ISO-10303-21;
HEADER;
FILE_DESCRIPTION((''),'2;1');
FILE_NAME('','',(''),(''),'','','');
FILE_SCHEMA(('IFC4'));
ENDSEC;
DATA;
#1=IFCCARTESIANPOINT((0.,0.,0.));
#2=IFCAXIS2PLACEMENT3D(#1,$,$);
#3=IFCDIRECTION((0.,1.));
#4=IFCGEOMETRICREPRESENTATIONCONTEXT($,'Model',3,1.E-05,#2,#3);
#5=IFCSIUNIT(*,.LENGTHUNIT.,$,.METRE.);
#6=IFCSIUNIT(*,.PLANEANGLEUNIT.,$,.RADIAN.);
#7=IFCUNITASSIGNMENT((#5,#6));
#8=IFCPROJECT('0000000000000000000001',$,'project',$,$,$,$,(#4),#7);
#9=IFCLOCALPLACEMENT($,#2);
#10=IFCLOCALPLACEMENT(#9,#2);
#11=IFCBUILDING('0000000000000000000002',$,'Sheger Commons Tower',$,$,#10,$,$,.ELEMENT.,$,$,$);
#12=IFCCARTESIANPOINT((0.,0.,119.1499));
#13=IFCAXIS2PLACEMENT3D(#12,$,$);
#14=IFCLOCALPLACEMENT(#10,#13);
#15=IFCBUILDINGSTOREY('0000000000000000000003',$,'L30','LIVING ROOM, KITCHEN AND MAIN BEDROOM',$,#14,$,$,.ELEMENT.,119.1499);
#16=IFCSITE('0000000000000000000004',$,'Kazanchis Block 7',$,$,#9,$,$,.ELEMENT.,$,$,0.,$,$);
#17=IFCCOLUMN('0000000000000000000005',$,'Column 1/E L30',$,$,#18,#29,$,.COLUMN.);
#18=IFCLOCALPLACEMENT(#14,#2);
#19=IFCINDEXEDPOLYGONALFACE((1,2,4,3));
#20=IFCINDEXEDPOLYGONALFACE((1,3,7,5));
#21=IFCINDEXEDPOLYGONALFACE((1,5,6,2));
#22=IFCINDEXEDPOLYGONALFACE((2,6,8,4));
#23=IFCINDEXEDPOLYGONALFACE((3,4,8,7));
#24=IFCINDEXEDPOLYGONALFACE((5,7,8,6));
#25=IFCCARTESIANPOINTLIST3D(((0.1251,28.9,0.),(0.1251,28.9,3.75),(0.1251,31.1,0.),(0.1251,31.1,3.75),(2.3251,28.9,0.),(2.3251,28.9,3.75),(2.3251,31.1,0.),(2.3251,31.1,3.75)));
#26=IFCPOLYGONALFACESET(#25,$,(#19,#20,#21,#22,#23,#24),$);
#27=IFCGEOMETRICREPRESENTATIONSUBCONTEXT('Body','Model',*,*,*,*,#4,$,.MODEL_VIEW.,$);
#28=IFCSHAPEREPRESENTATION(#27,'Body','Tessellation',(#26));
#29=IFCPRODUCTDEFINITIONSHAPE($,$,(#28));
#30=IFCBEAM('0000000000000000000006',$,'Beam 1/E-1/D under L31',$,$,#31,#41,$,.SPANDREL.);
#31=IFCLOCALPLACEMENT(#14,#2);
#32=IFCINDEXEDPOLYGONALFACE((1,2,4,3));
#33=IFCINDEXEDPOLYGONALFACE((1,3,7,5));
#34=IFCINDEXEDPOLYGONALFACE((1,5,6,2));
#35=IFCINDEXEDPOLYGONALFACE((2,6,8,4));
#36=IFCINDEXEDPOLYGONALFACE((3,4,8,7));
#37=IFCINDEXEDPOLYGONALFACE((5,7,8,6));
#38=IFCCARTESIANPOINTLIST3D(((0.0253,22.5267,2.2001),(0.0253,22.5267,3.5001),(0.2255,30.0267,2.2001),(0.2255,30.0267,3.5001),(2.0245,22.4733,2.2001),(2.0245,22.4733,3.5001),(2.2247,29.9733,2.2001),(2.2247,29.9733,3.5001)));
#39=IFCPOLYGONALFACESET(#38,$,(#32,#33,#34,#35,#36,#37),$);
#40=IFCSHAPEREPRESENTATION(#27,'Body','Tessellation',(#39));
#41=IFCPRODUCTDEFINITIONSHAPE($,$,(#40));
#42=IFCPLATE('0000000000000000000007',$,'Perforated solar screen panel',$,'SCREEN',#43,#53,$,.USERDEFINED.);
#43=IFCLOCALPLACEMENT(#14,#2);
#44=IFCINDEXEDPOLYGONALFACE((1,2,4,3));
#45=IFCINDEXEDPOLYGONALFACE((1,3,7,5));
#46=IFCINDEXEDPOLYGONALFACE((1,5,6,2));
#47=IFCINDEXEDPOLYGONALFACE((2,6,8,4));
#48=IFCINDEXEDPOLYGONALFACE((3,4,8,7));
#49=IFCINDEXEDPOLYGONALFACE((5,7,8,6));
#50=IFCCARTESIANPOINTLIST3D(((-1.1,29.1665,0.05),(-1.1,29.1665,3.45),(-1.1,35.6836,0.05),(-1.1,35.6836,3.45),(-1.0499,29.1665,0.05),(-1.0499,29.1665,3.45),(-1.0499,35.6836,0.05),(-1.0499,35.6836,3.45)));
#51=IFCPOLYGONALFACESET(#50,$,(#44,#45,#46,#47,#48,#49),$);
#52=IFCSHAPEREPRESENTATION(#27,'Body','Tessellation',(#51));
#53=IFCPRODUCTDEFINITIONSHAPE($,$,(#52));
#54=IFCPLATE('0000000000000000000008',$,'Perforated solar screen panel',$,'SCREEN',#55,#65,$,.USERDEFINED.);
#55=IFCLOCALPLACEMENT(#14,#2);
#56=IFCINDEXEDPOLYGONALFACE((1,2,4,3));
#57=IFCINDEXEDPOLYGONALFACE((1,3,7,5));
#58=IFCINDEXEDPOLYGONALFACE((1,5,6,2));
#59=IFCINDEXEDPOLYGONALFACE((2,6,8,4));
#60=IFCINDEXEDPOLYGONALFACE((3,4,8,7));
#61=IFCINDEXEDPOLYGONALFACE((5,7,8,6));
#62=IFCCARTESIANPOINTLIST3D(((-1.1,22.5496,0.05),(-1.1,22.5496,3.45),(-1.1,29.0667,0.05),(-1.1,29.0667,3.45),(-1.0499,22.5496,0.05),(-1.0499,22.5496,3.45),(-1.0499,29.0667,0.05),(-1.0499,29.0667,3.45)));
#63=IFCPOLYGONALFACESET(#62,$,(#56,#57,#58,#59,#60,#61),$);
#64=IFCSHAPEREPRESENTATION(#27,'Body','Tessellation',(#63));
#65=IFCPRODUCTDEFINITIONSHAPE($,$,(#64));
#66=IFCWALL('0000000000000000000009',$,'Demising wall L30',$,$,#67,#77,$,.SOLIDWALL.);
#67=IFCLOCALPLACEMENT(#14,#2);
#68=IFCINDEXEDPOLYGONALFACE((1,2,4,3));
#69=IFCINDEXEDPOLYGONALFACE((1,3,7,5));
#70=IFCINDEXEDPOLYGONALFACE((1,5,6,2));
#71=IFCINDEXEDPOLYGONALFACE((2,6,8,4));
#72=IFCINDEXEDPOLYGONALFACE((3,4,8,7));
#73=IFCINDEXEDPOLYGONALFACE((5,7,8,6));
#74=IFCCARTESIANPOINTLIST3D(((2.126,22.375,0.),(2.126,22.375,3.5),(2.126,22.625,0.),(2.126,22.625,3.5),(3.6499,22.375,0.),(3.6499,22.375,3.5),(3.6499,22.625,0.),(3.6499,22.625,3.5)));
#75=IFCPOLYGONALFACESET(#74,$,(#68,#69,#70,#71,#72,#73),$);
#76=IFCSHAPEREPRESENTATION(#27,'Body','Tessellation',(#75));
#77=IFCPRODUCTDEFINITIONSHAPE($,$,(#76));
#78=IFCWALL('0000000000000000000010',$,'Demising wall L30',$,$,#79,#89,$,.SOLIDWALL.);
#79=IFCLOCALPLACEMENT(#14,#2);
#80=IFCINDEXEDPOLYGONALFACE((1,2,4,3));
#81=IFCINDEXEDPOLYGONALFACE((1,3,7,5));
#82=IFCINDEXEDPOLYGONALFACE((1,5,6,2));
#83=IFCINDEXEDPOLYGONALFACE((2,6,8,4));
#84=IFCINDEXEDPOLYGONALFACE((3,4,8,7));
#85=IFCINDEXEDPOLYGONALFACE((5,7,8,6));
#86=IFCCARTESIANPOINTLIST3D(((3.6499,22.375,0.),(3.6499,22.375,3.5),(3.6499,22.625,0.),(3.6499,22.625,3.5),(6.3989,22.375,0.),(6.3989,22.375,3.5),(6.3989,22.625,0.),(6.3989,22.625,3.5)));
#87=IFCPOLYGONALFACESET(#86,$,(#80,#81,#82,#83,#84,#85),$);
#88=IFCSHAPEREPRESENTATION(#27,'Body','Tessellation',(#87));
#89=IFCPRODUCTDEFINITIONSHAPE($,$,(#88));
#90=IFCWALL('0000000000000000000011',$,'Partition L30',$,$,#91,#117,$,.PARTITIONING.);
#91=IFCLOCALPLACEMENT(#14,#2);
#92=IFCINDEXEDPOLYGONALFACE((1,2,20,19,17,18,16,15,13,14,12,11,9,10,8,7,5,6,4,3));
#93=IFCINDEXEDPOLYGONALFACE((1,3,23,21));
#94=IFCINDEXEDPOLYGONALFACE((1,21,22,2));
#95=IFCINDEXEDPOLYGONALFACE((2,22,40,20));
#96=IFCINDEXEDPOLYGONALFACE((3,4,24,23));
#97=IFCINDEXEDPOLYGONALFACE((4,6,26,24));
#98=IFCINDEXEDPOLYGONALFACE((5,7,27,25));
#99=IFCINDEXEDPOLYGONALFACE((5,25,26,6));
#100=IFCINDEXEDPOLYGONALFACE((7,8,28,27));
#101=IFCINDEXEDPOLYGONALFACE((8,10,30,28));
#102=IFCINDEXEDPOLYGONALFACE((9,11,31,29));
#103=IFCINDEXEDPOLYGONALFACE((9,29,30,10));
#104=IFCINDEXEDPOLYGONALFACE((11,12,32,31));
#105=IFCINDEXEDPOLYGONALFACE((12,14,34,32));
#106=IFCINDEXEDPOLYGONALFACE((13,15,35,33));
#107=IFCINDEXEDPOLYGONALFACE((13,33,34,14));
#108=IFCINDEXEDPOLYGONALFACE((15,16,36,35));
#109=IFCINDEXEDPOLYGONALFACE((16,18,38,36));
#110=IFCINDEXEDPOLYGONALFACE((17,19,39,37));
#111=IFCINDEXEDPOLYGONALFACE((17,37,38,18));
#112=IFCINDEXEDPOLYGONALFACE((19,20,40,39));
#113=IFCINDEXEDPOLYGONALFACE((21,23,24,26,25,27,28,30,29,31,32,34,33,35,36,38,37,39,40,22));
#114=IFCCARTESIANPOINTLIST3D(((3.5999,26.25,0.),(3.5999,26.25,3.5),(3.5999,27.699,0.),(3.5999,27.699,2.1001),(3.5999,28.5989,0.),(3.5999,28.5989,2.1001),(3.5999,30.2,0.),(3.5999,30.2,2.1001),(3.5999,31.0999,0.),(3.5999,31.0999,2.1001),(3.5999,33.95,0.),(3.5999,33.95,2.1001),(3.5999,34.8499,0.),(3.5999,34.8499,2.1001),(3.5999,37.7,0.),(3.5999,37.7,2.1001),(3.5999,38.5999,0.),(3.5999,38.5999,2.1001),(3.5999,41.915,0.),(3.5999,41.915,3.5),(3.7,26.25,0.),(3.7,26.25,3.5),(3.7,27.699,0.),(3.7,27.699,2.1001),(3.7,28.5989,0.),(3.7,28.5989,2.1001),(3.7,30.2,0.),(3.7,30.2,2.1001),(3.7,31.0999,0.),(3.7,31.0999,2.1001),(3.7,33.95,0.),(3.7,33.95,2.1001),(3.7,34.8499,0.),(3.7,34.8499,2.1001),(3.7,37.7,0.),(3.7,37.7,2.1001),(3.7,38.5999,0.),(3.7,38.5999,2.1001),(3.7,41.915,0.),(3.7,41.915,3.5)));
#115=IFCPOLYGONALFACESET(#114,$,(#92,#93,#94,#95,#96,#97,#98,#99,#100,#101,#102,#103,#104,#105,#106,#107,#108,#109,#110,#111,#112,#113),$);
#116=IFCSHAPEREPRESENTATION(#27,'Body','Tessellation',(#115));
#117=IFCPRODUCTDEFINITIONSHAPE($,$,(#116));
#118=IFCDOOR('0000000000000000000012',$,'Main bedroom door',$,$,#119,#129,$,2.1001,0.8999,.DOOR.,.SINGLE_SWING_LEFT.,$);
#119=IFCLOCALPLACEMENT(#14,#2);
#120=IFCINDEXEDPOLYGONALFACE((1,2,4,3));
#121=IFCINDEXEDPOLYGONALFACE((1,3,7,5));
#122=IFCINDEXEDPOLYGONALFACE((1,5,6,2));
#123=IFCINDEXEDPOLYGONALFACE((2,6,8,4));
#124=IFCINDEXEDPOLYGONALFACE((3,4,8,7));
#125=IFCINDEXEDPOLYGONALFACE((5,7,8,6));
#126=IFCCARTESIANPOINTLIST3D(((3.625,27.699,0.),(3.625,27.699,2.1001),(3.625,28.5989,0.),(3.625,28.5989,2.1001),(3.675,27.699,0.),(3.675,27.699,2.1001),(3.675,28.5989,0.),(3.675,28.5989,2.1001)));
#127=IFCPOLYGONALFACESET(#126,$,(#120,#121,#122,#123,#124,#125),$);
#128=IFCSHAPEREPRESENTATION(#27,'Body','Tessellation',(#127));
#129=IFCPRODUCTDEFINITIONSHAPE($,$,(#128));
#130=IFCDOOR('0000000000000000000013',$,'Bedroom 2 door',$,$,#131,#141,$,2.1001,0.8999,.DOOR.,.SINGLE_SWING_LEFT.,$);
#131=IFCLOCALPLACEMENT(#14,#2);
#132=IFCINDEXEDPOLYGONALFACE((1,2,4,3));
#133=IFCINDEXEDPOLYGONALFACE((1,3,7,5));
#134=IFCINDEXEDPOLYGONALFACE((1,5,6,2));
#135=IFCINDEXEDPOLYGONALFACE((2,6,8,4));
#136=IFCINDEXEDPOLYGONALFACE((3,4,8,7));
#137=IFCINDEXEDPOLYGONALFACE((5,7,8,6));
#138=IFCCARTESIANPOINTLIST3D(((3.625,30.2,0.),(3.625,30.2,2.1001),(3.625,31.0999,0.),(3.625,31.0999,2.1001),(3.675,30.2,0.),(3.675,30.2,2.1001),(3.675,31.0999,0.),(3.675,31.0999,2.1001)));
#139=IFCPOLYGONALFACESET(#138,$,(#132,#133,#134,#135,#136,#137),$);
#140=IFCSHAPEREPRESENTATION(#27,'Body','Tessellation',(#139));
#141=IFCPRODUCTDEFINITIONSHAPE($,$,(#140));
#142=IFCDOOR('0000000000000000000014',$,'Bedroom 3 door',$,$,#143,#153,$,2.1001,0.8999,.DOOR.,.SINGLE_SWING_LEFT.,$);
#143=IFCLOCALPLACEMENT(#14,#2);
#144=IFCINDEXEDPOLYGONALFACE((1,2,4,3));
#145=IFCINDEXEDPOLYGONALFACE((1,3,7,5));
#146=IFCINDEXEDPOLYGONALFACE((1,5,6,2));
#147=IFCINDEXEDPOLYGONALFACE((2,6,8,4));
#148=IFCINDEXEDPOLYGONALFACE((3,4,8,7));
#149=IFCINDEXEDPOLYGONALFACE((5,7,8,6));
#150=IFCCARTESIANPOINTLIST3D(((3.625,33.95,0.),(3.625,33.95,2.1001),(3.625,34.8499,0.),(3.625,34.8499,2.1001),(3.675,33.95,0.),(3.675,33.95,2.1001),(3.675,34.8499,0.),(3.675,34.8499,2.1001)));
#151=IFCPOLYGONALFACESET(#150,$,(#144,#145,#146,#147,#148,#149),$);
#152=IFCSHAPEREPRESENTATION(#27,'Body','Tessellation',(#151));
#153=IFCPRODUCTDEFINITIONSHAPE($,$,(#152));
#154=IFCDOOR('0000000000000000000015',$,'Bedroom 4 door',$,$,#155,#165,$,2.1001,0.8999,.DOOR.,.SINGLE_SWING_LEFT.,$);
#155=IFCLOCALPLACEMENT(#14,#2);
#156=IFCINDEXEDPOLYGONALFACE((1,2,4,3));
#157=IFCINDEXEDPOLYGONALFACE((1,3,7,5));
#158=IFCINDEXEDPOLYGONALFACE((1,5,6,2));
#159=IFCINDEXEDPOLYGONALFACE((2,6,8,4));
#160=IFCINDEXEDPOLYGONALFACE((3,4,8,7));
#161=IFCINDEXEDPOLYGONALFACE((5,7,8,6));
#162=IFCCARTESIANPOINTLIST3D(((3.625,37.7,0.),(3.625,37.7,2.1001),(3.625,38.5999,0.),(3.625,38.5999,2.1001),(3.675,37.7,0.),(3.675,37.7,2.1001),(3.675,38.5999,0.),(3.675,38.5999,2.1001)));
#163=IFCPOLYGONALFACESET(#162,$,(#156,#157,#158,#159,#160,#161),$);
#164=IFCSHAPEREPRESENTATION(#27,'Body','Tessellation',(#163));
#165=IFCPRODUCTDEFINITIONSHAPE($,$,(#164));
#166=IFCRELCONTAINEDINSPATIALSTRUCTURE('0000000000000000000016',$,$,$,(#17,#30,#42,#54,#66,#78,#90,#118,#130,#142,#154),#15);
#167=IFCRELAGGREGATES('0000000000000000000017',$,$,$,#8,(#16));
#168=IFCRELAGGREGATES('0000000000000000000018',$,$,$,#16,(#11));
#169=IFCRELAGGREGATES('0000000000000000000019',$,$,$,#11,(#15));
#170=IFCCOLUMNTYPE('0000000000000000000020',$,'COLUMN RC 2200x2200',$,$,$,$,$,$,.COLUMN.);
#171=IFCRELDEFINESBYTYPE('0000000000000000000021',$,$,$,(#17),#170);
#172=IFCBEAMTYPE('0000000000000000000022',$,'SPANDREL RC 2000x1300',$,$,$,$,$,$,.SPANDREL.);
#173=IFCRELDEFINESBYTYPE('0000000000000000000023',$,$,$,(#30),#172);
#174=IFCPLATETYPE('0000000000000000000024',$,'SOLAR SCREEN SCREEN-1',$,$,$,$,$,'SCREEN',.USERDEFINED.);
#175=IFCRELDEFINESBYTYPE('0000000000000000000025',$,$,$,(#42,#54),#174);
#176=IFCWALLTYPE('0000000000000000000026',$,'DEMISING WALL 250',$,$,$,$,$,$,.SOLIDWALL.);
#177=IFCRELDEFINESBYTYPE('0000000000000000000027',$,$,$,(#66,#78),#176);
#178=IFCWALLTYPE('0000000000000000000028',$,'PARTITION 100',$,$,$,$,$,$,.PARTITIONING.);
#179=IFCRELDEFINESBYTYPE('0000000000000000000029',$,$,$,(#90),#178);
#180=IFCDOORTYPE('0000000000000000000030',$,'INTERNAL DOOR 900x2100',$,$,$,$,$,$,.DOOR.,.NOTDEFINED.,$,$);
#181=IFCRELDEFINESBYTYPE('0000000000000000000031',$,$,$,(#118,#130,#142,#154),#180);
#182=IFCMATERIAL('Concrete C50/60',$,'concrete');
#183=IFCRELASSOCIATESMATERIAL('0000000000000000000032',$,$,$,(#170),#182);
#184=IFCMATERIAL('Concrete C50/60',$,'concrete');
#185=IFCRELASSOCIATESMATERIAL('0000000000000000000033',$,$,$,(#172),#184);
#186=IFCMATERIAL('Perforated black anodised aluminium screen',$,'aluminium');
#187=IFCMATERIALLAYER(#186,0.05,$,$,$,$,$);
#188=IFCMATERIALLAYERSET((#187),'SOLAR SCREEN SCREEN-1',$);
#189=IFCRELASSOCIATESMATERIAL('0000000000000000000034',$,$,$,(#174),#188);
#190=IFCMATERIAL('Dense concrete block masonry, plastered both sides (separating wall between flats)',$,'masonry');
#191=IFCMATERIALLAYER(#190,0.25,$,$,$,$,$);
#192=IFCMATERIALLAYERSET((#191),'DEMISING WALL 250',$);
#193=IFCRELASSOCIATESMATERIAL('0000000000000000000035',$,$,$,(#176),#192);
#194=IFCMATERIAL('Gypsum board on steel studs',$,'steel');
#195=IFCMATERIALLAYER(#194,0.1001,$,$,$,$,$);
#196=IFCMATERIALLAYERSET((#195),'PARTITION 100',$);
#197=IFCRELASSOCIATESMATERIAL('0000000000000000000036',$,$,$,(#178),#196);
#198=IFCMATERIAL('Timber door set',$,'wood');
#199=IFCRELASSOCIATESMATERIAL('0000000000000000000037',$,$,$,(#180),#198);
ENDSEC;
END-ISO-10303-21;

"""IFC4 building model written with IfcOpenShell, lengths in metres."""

from ifc_helpers import new_model, si_unit, direction, frame, frame_2d, origin, origin_2d, place, context, subcontext, project, spatial, rectangle, extrude, material, layer, layer_set, material_profile, profile_set, type_object, element, fill, save


model = new_model("IFC4")

# Units and contexts
model_context = context("Model", 3, precision=1e-05, world=origin(), true_north=direction((0.0, 1.0)))
body_context = subcontext(model_context, "Body", "Model", "MODEL_VIEW")
ifc_project = project(units=[si_unit("LENGTHUNIT", "METRE"), si_unit("PLANEANGLEUNIT", "RADIAN")], contexts=[model_context])

# Site, building, storey
site_placement = place(None, origin())
site = spatial("IfcSite", under=ifc_project, at=site_placement, Name="Kazanchis Block 7", CompositionType="ELEMENT", RefElevation=0.0)
building_placement = place(site_placement, origin())
building = spatial("IfcBuilding", under=site, at=building_placement, Name="Sheger Commons Tower", CompositionType="ELEMENT")
storey_placement = place(building_placement, frame((0.0, 0.0, 119.1499)))
storey = spatial("IfcBuildingStorey", under=building, at=storey_placement, Name="L30", Description="LIVING ROOM, KITCHEN AND MAIN BEDROOM", CompositionType="ELEMENT", Elevation=119.1499)

# Column
ifc_material_1 = material(Name="Concrete C50/60", Category="concrete")
ifc_material_profile_1 = material_profile(ifc_material_1, rectangle(XDim=2.2, YDim=2.2, at=origin_2d()), Name="RC 2200x2200")
ifc_profile_set_1 = profile_set([ifc_material_profile_1], Name="Concrete C50/60")
column_type = type_object("IfcColumnType", Name="COLUMN RC 2200x2200", PredefinedType="COLUMN", material=ifc_profile_set_1)
column_placement = place(storey_placement, frame((1.2251, 30.0, 0.0), z_axis=(0.0, 0.0, 1.0), x_axis=(1.0, 0.0, 0.0)))
element("IfcColumn", 1, at=column_placement, inside=storey, type_object=column_type, Name="Column 1/E L30", PredefinedType="COLUMN", context=body_context, shape_type="SweptSolid", body=[
    extrude(rectangle(XDim=2.2, YDim=2.2, at=origin_2d()), origin(), (0.0, 0.0, 1.0), 3.75),
])

# Beam
ifc_material_2 = material(Name="Concrete C50/60", Category="concrete")
ifc_material_profile_2 = material_profile(ifc_material_2, rectangle(XDim=2.0, YDim=1.3, at=origin_2d()), Name="RC 2000x1300")
ifc_profile_set_2 = profile_set([ifc_material_profile_2], Name="Concrete C50/60")
beam_type = type_object("IfcBeamType", Name="SPANDREL RC 2000x1300", PredefinedType="SPANDREL", material=ifc_profile_set_2)
beam_placement = place(storey_placement, frame((1.2251, 30.0, 2.8501), z_axis=(-0.026683, -0.999644, 0.0), x_axis=(0.999644, -0.026683, 0.0)))
element("IfcBeam", 2, at=beam_placement, inside=storey, type_object=beam_type, Name="Beam 1/E-1/D under L31", PredefinedType="SPANDREL", context=body_context, shape_type="SweptSolid", body=[
    extrude(rectangle(XDim=2.0, YDim=1.3, at=origin_2d()), origin(), (0.0, 0.0, 1.0), 7.5027),
])

# Plates
ifc_material_3 = material(Name="Perforated black anodised aluminium screen", Category="aluminium")
ifc_layer_1 = layer(ifc_material_3, 0.05)
ifc_layer_set_1 = layer_set([ifc_layer_1], Name="SOLAR SCREEN SCREEN-1")
plate_type = type_object("IfcPlateType", Name="SOLAR SCREEN SCREEN-1", ElementType="SCREEN", PredefinedType="USERDEFINED", material=ifc_layer_set_1)
for number, where, z_axis, x_axis, name in (
    (3, (-1.075, 32.425, 0.05), (0.0, 0.0, 1.0), (0.0, -1.0, 0.0), "Perforated solar screen panel"),
    (4, (-1.075, 25.8081, 0.05), (0.0, 0.0, 1.0), (0.0, -1.0, 0.0), "Perforated solar screen panel"),
):
    element("IfcPlate", number, at=place(storey_placement, frame(where, z_axis=z_axis, x_axis=x_axis)), inside=storey, type_object=plate_type, Name=name, ObjectType="SCREEN", PredefinedType="USERDEFINED", context=body_context, shape_type="SweptSolid", body=[
        extrude(rectangle(XDim=6.5171, YDim=0.05, at=origin_2d()), origin(), (0.0, 0.0, 1.0), 3.3999),
    ])

# Walls
ifc_material_4 = material(Name="Dense concrete block masonry, plastered both sides (separating wall between flats)", Category="masonry")
ifc_layer_2 = layer(ifc_material_4, 0.25)
ifc_layer_set_2 = layer_set([ifc_layer_2], Name="DEMISING WALL 250")
wall_type_1 = type_object("IfcWallType", Name="DEMISING WALL 250", PredefinedType="SOLIDWALL", material=ifc_layer_set_2)
wall_1_placement = place(storey_placement, frame((2.126, 22.5, 0.0), z_axis=(0.0, 0.0, 1.0), x_axis=(1.0, 0.0, 0.0)))
element("IfcWall", 5, at=wall_1_placement, inside=storey, type_object=wall_type_1, Name="Demising wall L30", PredefinedType="SOLIDWALL", context=body_context, shape_type="SweptSolid", body=[
    extrude(rectangle(XDim=1.5239, YDim=0.25, at=frame_2d((0.762, 0.0))), origin(), (0.0, 0.0, 1.0), 3.5),
])
wall_2_placement = place(storey_placement, frame((3.6499, 22.5, 0.0), z_axis=(0.0, 0.0, 1.0), x_axis=(1.0, 0.0, 0.0)))
element("IfcWall", 6, at=wall_2_placement, inside=storey, type_object=wall_type_1, Name="Demising wall L30", PredefinedType="SOLIDWALL", context=body_context, shape_type="SweptSolid", body=[
    extrude(rectangle(XDim=2.749, YDim=0.25, at=frame_2d((1.3745, 0.0))), origin(), (0.0, 0.0, 1.0), 3.5),
])

# Wall, openings, doors
ifc_material_5 = material(Name="Gypsum board on steel studs", Category="steel")
ifc_layer_3 = layer(ifc_material_5, 0.1001)
ifc_layer_set_3 = layer_set([ifc_layer_3], Name="PARTITION 100")
wall_type_2 = type_object("IfcWallType", Name="PARTITION 100", PredefinedType="PARTITIONING", material=ifc_layer_set_3)
wall_3_placement = place(storey_placement, frame((3.6499, 26.25, 0.0), z_axis=(0.0, 0.0, 1.0), x_axis=(0.0, 1.0, 0.0)))
wall_3 = element("IfcWall", 7, at=wall_3_placement, inside=storey, type_object=wall_type_2, Name="Partition L30", PredefinedType="PARTITIONING", context=body_context, shape_type="SweptSolid", body=[
    extrude(rectangle(XDim=15.665, YDim=0.1001, at=frame_2d((7.8325, 0.0))), origin(), (0.0, 0.0, 1.0), 3.5),
])
opening_1_placement = place(wall_3_placement, frame((1.449, 0.0, 0.0)))
opening_1 = element("IfcOpeningElement", 8, at=opening_1_placement, cuts=wall_3, PredefinedType="OPENING", context=body_context, shape_type="SweptSolid", body=[
    extrude(rectangle(XDim=0.8999, YDim=2.1001, at=frame_2d((0.45, 1.05))), frame((0.0, 0.0601, 0.0), z_axis=(0.0, -1.0, 0.0), x_axis=(1.0, 0.0, 0.0)), (0.0, 0.0, 1.0), 0.1201),
])
opening_2_placement = place(wall_3_placement, frame((3.95, 0.0, 0.0)))
opening_2 = element("IfcOpeningElement", 9, at=opening_2_placement, cuts=wall_3, PredefinedType="OPENING", context=body_context, shape_type="SweptSolid", body=[
    extrude(rectangle(XDim=0.8999, YDim=2.1001, at=frame_2d((0.45, 1.05))), frame((0.0, 0.0601, 0.0), z_axis=(0.0, -1.0, 0.0), x_axis=(1.0, 0.0, 0.0)), (0.0, 0.0, 1.0), 0.1201),
])
opening_3_placement = place(wall_3_placement, frame((7.7, 0.0, 0.0)))
opening_3 = element("IfcOpeningElement", 10, at=opening_3_placement, cuts=wall_3, PredefinedType="OPENING", context=body_context, shape_type="SweptSolid", body=[
    extrude(rectangle(XDim=0.8999, YDim=2.1001, at=frame_2d((0.45, 1.05))), frame((0.0, 0.0601, 0.0), z_axis=(0.0, -1.0, 0.0), x_axis=(1.0, 0.0, 0.0)), (0.0, 0.0, 1.0), 0.1201),
])
opening_4_placement = place(wall_3_placement, frame((11.45, 0.0, 0.0)))
opening_4 = element("IfcOpeningElement", 11, at=opening_4_placement, cuts=wall_3, PredefinedType="OPENING", context=body_context, shape_type="SweptSolid", body=[
    extrude(rectangle(XDim=0.8999, YDim=2.1001, at=frame_2d((0.45, 1.05))), frame((0.0, 0.0601, 0.0), z_axis=(0.0, -1.0, 0.0), x_axis=(1.0, 0.0, 0.0)), (0.0, 0.0, 1.0), 0.1201),
])
ifc_material_6 = material(Name="Timber door set", Category="wood")
door_type = type_object("IfcDoorType", Name="INTERNAL DOOR 900x2100", OperationType="NOTDEFINED", PredefinedType="DOOR", material=ifc_material_6)
door_1_placement = place(opening_1_placement, origin())
door_1 = element("IfcDoor", 12, at=door_1_placement, inside=storey, type_object=door_type, Name="Main bedroom door", OperationType="SINGLE_SWING_LEFT", OverallHeight=2.1001, OverallWidth=0.8999, PredefinedType="DOOR", context=body_context, shape_type="SweptSolid", body=[
    extrude(rectangle(XDim=0.8999, YDim=2.1001, at=frame_2d((0.45, 1.05))), frame((0.0, 0.0249, 0.0), z_axis=(0.0, -1.0, 0.0), x_axis=(1.0, 0.0, 0.0)), (0.0, 0.0, 1.0), 0.05),
])
fill(opening_1, door_1)
door_2_placement = place(opening_2_placement, origin())
door_2 = element("IfcDoor", 13, at=door_2_placement, inside=storey, type_object=door_type, Name="Bedroom 2 door", OperationType="SINGLE_SWING_LEFT", OverallHeight=2.1001, OverallWidth=0.8999, PredefinedType="DOOR", context=body_context, shape_type="SweptSolid", body=[
    extrude(rectangle(XDim=0.8999, YDim=2.1001, at=frame_2d((0.45, 1.05))), frame((0.0, 0.0249, 0.0), z_axis=(0.0, -1.0, 0.0), x_axis=(1.0, 0.0, 0.0)), (0.0, 0.0, 1.0), 0.05),
])
fill(opening_2, door_2)
door_3_placement = place(opening_3_placement, origin())
door_3 = element("IfcDoor", 14, at=door_3_placement, inside=storey, type_object=door_type, Name="Bedroom 3 door", OperationType="SINGLE_SWING_LEFT", OverallHeight=2.1001, OverallWidth=0.8999, PredefinedType="DOOR", context=body_context, shape_type="SweptSolid", body=[
    extrude(rectangle(XDim=0.8999, YDim=2.1001, at=frame_2d((0.45, 1.05))), frame((0.0, 0.0249, 0.0), z_axis=(0.0, -1.0, 0.0), x_axis=(1.0, 0.0, 0.0)), (0.0, 0.0, 1.0), 0.05),
])
fill(opening_3, door_3)
door_4_placement = place(opening_4_placement, origin())
door_4 = element("IfcDoor", 15, at=door_4_placement, inside=storey, type_object=door_type, Name="Bedroom 4 door", OperationType="SINGLE_SWING_LEFT", OverallHeight=2.1001, OverallWidth=0.8999, PredefinedType="DOOR", context=body_context, shape_type="SweptSolid", body=[
    extrude(rectangle(XDim=0.8999, YDim=2.1001, at=frame_2d((0.45, 1.05))), frame((0.0, 0.0249, 0.0), z_axis=(0.0, -1.0, 0.0), x_axis=(1.0, 0.0, 0.0)), (0.0, 0.0, 1.0), 0.05),
])
fill(opening_4, door_4)

save(model, "model.ifc")
